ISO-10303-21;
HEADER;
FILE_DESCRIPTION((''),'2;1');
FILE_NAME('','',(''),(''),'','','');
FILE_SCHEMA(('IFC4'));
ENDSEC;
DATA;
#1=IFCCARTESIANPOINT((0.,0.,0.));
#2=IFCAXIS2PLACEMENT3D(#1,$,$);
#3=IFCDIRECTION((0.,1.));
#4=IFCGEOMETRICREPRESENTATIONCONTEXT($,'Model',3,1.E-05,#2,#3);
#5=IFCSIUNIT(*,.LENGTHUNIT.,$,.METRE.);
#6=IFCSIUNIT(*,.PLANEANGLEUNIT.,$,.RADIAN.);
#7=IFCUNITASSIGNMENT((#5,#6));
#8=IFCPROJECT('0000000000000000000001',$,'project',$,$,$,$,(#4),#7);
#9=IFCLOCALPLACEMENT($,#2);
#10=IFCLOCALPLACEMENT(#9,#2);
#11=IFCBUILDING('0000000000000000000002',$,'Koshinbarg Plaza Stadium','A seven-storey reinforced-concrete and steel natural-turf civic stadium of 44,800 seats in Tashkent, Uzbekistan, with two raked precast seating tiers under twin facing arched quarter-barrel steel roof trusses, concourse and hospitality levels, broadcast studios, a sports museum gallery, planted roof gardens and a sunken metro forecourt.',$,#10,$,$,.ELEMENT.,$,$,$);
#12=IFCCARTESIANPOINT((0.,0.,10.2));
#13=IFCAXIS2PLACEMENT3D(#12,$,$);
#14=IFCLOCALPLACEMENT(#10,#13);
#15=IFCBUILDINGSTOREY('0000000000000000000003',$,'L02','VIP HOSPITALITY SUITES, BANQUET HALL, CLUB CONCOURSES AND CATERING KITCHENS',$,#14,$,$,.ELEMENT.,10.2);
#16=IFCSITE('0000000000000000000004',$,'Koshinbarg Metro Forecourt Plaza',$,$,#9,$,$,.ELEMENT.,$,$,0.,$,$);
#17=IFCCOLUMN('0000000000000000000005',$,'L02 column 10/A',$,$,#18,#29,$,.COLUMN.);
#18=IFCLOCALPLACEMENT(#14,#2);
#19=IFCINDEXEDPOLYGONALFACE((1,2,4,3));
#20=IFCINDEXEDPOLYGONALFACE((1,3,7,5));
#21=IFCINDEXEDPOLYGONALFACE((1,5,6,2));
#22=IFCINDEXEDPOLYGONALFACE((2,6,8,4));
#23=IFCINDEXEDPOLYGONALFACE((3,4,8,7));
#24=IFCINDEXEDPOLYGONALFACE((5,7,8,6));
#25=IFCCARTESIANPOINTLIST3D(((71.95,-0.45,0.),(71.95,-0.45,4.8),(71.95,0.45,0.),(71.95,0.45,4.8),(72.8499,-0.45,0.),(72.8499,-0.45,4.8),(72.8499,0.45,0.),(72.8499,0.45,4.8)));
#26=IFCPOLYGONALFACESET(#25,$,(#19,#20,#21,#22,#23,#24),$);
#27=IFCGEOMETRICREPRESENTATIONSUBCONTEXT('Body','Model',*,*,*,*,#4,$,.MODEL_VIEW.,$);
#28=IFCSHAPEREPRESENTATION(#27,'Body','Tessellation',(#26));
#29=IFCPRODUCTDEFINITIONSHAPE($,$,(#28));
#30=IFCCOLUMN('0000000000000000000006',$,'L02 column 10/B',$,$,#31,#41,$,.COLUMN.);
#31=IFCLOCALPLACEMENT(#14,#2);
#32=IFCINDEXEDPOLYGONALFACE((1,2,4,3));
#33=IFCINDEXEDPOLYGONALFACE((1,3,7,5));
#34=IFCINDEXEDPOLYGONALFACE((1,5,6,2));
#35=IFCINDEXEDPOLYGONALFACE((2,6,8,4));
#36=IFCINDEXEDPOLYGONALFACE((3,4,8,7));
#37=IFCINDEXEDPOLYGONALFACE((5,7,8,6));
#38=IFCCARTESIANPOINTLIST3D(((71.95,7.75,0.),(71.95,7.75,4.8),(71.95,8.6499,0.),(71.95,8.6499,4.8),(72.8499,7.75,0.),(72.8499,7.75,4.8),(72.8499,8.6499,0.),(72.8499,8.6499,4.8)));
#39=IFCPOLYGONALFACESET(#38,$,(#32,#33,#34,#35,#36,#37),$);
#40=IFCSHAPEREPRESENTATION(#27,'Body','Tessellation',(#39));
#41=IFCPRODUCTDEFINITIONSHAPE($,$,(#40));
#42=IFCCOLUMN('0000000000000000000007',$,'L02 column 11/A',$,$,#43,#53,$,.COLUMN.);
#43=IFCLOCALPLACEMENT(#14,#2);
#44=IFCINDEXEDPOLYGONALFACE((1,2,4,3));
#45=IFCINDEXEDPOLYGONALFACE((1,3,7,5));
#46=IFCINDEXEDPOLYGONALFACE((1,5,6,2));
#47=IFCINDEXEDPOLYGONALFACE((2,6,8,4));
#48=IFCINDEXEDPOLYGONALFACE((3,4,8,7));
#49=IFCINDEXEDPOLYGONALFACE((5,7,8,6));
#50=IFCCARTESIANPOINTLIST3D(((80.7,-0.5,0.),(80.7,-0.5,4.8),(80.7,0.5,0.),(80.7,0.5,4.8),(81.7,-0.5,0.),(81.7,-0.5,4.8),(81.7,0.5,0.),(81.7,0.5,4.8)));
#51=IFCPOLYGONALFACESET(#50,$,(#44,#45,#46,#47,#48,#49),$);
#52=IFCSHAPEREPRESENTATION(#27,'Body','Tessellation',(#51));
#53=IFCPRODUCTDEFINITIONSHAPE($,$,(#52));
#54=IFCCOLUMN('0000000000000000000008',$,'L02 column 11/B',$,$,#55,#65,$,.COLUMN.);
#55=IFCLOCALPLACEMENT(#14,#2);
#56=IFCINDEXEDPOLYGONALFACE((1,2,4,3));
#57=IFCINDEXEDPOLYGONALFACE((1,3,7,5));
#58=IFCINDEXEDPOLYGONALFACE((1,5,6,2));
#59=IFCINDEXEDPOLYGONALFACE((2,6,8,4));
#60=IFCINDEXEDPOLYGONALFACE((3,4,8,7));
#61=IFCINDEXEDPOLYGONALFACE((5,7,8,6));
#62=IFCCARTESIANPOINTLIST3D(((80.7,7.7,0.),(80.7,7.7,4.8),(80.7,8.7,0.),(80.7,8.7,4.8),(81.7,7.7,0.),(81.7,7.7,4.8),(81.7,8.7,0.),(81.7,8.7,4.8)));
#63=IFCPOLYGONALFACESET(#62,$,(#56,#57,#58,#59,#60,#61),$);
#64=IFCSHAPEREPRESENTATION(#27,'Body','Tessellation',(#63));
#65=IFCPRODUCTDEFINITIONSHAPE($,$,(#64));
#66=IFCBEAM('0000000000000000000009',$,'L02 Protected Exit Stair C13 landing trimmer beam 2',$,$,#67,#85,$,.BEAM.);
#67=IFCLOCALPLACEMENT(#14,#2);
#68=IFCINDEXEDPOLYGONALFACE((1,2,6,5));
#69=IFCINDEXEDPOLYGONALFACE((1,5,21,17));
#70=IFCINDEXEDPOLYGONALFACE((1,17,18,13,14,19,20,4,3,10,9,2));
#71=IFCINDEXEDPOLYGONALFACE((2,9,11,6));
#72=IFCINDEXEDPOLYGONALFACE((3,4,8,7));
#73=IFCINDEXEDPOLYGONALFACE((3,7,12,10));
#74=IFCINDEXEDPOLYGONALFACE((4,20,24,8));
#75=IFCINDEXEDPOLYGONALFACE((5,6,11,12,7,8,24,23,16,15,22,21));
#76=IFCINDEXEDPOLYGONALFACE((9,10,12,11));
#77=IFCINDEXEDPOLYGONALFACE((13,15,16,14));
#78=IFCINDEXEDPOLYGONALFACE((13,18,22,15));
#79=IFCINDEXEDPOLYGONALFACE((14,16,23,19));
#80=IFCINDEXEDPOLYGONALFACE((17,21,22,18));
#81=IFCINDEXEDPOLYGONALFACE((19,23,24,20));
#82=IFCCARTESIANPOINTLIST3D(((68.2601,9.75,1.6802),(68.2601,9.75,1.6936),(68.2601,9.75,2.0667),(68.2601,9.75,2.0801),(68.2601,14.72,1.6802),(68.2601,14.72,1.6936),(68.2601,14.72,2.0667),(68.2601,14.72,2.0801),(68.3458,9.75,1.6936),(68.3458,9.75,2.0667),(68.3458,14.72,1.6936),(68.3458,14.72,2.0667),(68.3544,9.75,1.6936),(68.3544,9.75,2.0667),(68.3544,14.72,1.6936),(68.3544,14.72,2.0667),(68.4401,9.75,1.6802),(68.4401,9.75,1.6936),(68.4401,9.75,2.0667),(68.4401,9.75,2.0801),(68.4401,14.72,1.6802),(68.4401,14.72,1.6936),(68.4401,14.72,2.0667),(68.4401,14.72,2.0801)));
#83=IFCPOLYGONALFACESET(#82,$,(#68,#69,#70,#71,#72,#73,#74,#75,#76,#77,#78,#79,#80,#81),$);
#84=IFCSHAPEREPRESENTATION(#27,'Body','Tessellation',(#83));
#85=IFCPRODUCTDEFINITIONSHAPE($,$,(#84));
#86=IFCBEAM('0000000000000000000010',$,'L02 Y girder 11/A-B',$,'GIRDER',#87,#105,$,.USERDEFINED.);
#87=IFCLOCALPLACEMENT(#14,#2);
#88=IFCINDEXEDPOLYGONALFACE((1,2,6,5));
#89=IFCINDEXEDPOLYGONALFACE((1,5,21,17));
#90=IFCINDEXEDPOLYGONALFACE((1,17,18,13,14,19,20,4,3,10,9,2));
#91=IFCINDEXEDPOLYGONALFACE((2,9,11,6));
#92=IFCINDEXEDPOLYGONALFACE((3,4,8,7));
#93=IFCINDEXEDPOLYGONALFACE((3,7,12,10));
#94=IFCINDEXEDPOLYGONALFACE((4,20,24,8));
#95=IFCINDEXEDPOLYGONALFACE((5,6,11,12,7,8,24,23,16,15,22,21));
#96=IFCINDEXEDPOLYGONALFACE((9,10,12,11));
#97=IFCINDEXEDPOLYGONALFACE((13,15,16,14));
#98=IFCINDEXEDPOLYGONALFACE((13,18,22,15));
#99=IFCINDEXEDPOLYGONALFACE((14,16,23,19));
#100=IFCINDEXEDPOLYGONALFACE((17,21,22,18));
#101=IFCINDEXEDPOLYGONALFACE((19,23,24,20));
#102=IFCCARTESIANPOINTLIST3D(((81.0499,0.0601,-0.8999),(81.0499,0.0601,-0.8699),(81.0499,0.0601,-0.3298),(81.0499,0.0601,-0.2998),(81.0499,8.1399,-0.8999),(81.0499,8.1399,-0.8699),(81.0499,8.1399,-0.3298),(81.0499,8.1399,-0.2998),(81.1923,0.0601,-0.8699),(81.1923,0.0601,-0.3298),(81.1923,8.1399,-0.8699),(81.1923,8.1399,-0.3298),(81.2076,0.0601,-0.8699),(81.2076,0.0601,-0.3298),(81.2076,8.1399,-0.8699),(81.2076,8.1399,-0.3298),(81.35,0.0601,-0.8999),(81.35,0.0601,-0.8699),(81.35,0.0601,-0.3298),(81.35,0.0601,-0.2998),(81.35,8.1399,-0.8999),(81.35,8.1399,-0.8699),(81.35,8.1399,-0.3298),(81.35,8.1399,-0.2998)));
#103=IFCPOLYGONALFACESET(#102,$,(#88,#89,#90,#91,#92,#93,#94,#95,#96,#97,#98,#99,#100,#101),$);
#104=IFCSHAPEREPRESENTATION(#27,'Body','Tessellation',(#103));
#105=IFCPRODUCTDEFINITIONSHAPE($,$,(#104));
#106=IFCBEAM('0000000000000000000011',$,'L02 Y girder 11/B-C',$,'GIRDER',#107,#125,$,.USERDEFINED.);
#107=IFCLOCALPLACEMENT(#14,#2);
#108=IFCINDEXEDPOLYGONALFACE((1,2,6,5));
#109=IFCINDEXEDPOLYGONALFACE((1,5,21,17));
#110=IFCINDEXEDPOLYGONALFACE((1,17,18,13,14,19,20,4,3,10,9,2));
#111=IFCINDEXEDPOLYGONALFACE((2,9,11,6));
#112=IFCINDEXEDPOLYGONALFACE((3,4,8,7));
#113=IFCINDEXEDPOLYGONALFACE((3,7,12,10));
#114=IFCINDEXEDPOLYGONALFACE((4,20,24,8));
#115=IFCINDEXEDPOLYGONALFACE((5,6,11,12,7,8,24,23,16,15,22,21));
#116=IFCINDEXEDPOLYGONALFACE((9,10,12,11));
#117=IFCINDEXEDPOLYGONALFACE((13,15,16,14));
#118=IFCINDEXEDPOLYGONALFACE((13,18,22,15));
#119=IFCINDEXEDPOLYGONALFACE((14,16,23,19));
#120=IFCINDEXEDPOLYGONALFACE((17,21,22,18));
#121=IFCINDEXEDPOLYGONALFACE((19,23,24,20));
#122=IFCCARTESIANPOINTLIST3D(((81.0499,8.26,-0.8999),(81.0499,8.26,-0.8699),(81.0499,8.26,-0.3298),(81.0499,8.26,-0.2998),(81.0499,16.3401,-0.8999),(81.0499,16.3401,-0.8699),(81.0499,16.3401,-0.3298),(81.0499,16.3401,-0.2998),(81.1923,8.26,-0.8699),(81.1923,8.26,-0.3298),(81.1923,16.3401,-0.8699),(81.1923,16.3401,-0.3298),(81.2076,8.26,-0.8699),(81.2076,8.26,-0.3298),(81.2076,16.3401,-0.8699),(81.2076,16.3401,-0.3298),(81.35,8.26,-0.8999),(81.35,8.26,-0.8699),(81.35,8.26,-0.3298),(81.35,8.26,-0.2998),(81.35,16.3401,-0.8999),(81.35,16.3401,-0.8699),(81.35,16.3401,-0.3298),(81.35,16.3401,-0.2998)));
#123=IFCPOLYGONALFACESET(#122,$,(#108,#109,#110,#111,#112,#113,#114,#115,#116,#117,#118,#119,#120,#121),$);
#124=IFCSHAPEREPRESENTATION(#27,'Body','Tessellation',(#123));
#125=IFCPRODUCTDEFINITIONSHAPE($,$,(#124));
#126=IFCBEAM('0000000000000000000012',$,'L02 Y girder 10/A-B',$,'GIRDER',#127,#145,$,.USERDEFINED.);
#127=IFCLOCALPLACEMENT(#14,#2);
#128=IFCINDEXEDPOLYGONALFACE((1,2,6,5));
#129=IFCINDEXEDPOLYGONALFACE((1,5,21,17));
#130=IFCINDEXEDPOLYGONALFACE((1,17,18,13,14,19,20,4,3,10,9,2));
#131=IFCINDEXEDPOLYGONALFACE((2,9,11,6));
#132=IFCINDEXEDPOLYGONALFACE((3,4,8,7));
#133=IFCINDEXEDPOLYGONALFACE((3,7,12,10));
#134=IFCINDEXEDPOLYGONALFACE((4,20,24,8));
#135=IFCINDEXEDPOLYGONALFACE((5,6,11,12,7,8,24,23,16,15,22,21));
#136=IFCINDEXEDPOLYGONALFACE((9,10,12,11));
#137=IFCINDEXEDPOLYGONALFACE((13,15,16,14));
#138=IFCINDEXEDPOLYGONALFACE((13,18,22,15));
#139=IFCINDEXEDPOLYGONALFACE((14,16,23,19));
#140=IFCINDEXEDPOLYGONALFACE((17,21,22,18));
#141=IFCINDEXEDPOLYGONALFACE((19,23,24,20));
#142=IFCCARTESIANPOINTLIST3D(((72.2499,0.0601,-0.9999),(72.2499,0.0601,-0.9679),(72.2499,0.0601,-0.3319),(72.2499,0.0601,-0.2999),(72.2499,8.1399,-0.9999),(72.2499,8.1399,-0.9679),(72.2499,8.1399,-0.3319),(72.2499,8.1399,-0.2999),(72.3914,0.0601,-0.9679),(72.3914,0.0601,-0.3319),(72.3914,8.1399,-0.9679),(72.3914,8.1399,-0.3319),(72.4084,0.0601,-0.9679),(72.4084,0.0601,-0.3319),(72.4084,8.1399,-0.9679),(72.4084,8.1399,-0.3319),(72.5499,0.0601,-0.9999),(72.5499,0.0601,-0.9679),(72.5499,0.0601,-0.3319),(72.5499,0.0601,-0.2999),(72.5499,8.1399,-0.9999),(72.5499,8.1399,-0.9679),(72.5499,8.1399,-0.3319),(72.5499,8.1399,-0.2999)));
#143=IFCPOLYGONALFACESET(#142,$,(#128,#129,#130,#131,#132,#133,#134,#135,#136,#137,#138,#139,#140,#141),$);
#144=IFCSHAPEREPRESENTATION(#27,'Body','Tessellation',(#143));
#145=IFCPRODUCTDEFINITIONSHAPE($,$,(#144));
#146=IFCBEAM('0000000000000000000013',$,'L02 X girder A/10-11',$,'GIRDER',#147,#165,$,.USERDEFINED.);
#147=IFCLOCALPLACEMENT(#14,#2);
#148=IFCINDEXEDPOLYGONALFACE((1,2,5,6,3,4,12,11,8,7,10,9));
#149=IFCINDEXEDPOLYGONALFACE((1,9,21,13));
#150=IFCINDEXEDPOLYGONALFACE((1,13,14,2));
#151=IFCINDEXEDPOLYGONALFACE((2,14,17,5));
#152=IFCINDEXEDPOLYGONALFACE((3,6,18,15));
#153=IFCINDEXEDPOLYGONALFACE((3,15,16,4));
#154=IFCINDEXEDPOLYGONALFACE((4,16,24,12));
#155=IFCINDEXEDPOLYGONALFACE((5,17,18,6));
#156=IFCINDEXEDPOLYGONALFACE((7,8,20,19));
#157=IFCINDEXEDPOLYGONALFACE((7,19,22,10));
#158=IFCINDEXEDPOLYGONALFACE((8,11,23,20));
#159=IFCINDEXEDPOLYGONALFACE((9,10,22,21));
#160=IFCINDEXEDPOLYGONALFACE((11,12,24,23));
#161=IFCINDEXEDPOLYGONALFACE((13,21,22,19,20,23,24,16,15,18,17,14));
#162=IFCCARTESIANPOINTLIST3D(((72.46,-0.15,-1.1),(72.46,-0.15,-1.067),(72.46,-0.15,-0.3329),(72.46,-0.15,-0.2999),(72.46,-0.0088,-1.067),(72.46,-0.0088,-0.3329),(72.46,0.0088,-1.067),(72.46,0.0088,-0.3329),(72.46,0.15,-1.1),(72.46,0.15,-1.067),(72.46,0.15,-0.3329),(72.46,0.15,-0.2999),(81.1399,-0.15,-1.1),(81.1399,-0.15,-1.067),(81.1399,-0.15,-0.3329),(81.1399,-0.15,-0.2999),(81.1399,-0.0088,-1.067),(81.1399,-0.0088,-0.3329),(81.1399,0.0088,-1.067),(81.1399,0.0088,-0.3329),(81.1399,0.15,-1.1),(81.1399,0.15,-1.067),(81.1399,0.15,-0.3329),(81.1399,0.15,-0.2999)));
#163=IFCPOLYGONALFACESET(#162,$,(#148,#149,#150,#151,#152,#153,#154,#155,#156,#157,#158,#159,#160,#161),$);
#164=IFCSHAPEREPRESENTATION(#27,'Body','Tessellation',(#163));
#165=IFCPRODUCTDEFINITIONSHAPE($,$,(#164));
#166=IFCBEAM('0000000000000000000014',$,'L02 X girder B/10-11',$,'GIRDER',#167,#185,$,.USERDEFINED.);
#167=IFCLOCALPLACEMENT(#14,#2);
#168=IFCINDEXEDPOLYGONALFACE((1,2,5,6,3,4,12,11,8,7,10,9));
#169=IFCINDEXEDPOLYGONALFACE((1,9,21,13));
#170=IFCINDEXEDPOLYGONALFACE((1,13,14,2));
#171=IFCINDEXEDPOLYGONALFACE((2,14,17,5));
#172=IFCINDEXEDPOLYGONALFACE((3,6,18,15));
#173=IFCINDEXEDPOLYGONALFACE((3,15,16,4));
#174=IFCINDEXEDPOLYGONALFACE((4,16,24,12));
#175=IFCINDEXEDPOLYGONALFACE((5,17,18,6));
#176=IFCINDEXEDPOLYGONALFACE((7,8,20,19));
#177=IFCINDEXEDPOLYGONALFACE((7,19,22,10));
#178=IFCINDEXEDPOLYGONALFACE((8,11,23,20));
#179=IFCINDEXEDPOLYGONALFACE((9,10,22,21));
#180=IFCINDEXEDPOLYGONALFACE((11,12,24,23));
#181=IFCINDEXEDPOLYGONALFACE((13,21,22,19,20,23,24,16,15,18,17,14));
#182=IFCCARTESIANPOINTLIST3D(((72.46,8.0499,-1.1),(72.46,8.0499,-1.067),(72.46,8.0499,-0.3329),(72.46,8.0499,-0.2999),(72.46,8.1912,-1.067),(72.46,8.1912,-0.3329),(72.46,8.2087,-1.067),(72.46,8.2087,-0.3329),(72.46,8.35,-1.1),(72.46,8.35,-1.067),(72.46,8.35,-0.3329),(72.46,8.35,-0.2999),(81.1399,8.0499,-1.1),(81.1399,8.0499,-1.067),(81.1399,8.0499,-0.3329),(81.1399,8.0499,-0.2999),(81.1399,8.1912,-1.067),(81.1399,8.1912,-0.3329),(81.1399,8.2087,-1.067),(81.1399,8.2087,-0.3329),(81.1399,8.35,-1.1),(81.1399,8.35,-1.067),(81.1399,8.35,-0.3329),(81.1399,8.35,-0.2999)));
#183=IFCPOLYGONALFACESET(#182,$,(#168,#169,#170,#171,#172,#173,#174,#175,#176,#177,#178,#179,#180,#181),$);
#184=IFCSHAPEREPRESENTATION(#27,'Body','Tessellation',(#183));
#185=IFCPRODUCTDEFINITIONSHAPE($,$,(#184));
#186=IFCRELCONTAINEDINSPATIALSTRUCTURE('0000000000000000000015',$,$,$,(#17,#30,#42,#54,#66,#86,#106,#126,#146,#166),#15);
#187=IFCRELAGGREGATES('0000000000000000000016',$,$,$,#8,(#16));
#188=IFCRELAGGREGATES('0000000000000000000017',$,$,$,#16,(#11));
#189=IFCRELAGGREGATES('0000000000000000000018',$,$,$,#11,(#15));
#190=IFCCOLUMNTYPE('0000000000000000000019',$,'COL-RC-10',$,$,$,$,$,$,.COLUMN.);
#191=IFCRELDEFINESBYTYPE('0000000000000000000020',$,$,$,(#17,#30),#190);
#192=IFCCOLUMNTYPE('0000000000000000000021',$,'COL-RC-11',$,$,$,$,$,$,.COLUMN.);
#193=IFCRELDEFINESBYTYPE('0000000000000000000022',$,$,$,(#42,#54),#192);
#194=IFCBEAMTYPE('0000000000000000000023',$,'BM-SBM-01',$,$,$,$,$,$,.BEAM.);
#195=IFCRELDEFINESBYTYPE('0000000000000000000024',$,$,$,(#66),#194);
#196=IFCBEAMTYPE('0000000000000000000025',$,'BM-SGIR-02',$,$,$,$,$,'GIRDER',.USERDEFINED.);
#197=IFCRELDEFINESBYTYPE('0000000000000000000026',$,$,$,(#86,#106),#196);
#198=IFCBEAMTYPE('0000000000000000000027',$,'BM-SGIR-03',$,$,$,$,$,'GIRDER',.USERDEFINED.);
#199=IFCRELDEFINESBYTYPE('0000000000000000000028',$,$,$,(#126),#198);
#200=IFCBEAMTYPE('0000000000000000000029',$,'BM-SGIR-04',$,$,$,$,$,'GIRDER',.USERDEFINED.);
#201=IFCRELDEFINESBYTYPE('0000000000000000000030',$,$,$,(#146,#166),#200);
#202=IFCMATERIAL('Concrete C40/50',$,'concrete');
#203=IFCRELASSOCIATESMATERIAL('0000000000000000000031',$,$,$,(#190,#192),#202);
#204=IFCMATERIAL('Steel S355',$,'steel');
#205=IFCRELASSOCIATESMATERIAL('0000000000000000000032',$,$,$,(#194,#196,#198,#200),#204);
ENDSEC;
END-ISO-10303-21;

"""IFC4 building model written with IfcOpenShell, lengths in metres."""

from ifc_helpers import new_model, si_unit, direction, frame, origin, origin_2d, place, context, subcontext, project, spatial, rectangle, i_section, extrude, material, material_profile, profile_set, type_object, element, save


model = new_model("IFC4")

# Units and contexts
model_context = context("Model", 3, precision=1e-05, world=origin(), true_north=direction((0.0, 1.0)))
body_context = subcontext(model_context, "Body", "Model", "MODEL_VIEW")
ifc_project = project(units=[si_unit("LENGTHUNIT", "METRE"), si_unit("PLANEANGLEUNIT", "RADIAN")], contexts=[model_context])

# Site, building, storey
site_placement = place(None, origin())
site = spatial("IfcSite", under=ifc_project, at=site_placement, Name="Koshinbarg Metro Forecourt Plaza", CompositionType="ELEMENT", RefElevation=0.0)
building_placement = place(site_placement, origin())
building = spatial("IfcBuilding", under=site, at=building_placement, Name="Koshinbarg Plaza Stadium", Description="A seven-storey reinforced-concrete and steel natural-turf civic stadium of 44,800 seats in Tashkent, Uzbekistan, with two raked precast seating tiers under twin facing arched quarter-barrel steel roof trusses, concourse and hospitality levels, broadcast studios, a sports museum gallery, planted roof gardens and a sunken metro forecourt.", CompositionType="ELEMENT")
storey_placement = place(building_placement, frame((0.0, 0.0, 10.2)))
storey = spatial("IfcBuildingStorey", under=building, at=storey_placement, Name="L02", Description="VIP HOSPITALITY SUITES, BANQUET HALL, CLUB CONCOURSES AND CATERING KITCHENS", CompositionType="ELEMENT", Elevation=10.2)

# Columns
ifc_material_1 = material(Name="Concrete C40/50", Category="concrete")
ifc_material_profile_1 = material_profile(ifc_material_1, rectangle(XDim=0.8999, YDim=0.8999, at=origin_2d()), Name="RC 900x900")
ifc_profile_set_1 = profile_set([ifc_material_profile_1], Name="Concrete C40/50")
column_type_1 = type_object("IfcColumnType", Name="COL-RC-10", PredefinedType="COLUMN", material=ifc_profile_set_1)
for number, where, z_axis, x_axis, name in (
    (1, (72.3999, 0.0, 0.0), (0.0, 0.0, 1.0), (1.0, 0.0, 0.0), "L02 column 10/A"),
    (2, (72.3999, 8.2, 0.0), (0.0, 0.0, 1.0), (1.0, 0.0, 0.0), "L02 column 10/B"),
):
    element("IfcColumn", number, at=place(storey_placement, frame(where, z_axis=z_axis, x_axis=x_axis)), inside=storey, type_object=column_type_1, Name=name, PredefinedType="COLUMN", context=body_context, shape_type="SweptSolid", body=[
        extrude(rectangle(XDim=0.8999, YDim=0.8999, at=origin_2d()), origin(), (0.0, 0.0, 1.0), 4.8),
    ])
ifc_material_profile_2 = material_profile(ifc_material_1, rectangle(XDim=1.0, YDim=1.0, at=origin_2d()), Name="RC 1000x1000")
ifc_profile_set_2 = profile_set([ifc_material_profile_2], Name="Concrete C40/50")
column_type_2 = type_object("IfcColumnType", Name="COL-RC-11", PredefinedType="COLUMN", material=ifc_profile_set_2)
for number, where, z_axis, x_axis, name in (
    (3, (81.2, 0.0, 0.0), (0.0, 0.0, 1.0), (1.0, 0.0, 0.0), "L02 column 11/A"),
    (4, (81.2, 8.2, 0.0), (0.0, 0.0, 1.0), (1.0, 0.0, 0.0), "L02 column 11/B"),
):
    element("IfcColumn", number, at=place(storey_placement, frame(where, z_axis=z_axis, x_axis=x_axis)), inside=storey, type_object=column_type_2, Name=name, PredefinedType="COLUMN", context=body_context, shape_type="SweptSolid", body=[
        extrude(rectangle(XDim=1.0, YDim=1.0, at=origin_2d()), origin(), (0.0, 0.0, 1.0), 4.8),
    ])

# Beams
ifc_material_2 = material(Name="Steel S355", Category="steel")
ifc_material_profile_3 = material_profile(ifc_material_2, i_section(OverallWidth=0.1799, OverallDepth=0.3999, WebThickness=0.0085, FlangeThickness=0.0134, at=origin_2d()), Name="IPE 400")
ifc_profile_set_3 = profile_set([ifc_material_profile_3], Name="Steel S355")
beam_type_1 = type_object("IfcBeamType", Name="BM-SBM-01", PredefinedType="BEAM", material=ifc_profile_set_3)
beam_1_placement = place(storey_placement, frame((68.3501, 9.75, 1.8801), z_axis=(0.0, 1.0, 0.0), x_axis=(-1.0, 0.0, 0.0)))
element("IfcBeam", 5, at=beam_1_placement, inside=storey, type_object=beam_type_1, Name="L02 Protected Exit Stair C13 landing trimmer beam 2", PredefinedType="BEAM", context=body_context, shape_type="SweptSolid", body=[
    extrude(i_section(OverallWidth=0.1799, OverallDepth=0.3999, WebThickness=0.0085, FlangeThickness=0.0134, at=origin_2d()), origin(), (0.0, 0.0, 1.0), 4.97),
])
ifc_material_profile_4 = material_profile(ifc_material_2, i_section(OverallWidth=0.3, OverallDepth=0.6001, WebThickness=0.0154, FlangeThickness=0.03, at=origin_2d()), Name="HEB 600")
ifc_profile_set_4 = profile_set([ifc_material_profile_4], Name="Steel S355")
beam_type_2 = type_object("IfcBeamType", Name="BM-SGIR-02", ElementType="GIRDER", PredefinedType="USERDEFINED", material=ifc_profile_set_4)
beam_2_placement = place(storey_placement, frame((81.2, 0.0601, -0.5999), z_axis=(0.0, 1.0, 0.0), x_axis=(-1.0, 0.0, 0.0)))
element("IfcBeam", 6, at=beam_2_placement, inside=storey, type_object=beam_type_2, Name="L02 Y girder 11/A-B", ObjectType="GIRDER", PredefinedType="USERDEFINED", context=body_context, shape_type="SweptSolid", body=[
    extrude(i_section(OverallWidth=0.3, OverallDepth=0.6001, WebThickness=0.0154, FlangeThickness=0.03, at=origin_2d()), origin(), (0.0, 0.0, 1.0), 8.0798),
])
beam_3_placement = place(storey_placement, frame((81.2, 8.26, -0.5999), z_axis=(0.0, 1.0, 0.0), x_axis=(-1.0, 0.0, 0.0)))
element("IfcBeam", 7, at=beam_3_placement, inside=storey, type_object=beam_type_2, Name="L02 Y girder 11/B-C", ObjectType="GIRDER", PredefinedType="USERDEFINED", context=body_context, shape_type="SweptSolid", body=[
    extrude(i_section(OverallWidth=0.3, OverallDepth=0.6001, WebThickness=0.0154, FlangeThickness=0.03, at=origin_2d()), origin(), (0.0, 0.0, 1.0), 8.0801),
])
ifc_material_profile_5 = material_profile(ifc_material_2, i_section(OverallWidth=0.3, OverallDepth=0.7, WebThickness=0.0171, FlangeThickness=0.032, at=origin_2d()), Name="HEB 700")
ifc_profile_set_5 = profile_set([ifc_material_profile_5], Name="Steel S355")
beam_type_3 = type_object("IfcBeamType", Name="BM-SGIR-03", ElementType="GIRDER", PredefinedType="USERDEFINED", material=ifc_profile_set_5)
beam_4_placement = place(storey_placement, frame((72.3999, 0.0601, -0.6499), z_axis=(0.0, 1.0, 0.0), x_axis=(-1.0, 0.0, 0.0)))
element("IfcBeam", 8, at=beam_4_placement, inside=storey, type_object=beam_type_3, Name="L02 Y girder 10/A-B", ObjectType="GIRDER", PredefinedType="USERDEFINED", context=body_context, shape_type="SweptSolid", body=[
    extrude(i_section(OverallWidth=0.3, OverallDepth=0.7, WebThickness=0.0171, FlangeThickness=0.032, at=origin_2d()), origin(), (0.0, 0.0, 1.0), 8.0798),
])
ifc_material_profile_6 = material_profile(ifc_material_2, i_section(OverallWidth=0.3, OverallDepth=0.8, WebThickness=0.0176, FlangeThickness=0.033, at=origin_2d()), Name="HEB 800")
ifc_profile_set_6 = profile_set([ifc_material_profile_6], Name="Steel S355")
beam_type_4 = type_object("IfcBeamType", Name="BM-SGIR-04", ElementType="GIRDER", PredefinedType="USERDEFINED", material=ifc_profile_set_6)
for number, where, z_axis, x_axis, name in (
    (9, (72.46, 0.0, -0.7), (1.0, 0.0, 0.0), (0.0, 1.0, 0.0), "L02 X girder A/10-11"),
    (10, (72.46, 8.2, -0.7), (1.0, 0.0, 0.0), (0.0, 1.0, 0.0), "L02 X girder B/10-11"),
):
    element("IfcBeam", number, at=place(storey_placement, frame(where, z_axis=z_axis, x_axis=x_axis)), inside=storey, type_object=beam_type_4, Name=name, ObjectType="GIRDER", PredefinedType="USERDEFINED", context=body_context, shape_type="SweptSolid", body=[
        extrude(i_section(OverallWidth=0.3, OverallDepth=0.8, WebThickness=0.0176, FlangeThickness=0.033, at=origin_2d()), origin(), (0.0, 0.0, 1.0), 8.6799),
    ])

save(model, "model.ifc")
